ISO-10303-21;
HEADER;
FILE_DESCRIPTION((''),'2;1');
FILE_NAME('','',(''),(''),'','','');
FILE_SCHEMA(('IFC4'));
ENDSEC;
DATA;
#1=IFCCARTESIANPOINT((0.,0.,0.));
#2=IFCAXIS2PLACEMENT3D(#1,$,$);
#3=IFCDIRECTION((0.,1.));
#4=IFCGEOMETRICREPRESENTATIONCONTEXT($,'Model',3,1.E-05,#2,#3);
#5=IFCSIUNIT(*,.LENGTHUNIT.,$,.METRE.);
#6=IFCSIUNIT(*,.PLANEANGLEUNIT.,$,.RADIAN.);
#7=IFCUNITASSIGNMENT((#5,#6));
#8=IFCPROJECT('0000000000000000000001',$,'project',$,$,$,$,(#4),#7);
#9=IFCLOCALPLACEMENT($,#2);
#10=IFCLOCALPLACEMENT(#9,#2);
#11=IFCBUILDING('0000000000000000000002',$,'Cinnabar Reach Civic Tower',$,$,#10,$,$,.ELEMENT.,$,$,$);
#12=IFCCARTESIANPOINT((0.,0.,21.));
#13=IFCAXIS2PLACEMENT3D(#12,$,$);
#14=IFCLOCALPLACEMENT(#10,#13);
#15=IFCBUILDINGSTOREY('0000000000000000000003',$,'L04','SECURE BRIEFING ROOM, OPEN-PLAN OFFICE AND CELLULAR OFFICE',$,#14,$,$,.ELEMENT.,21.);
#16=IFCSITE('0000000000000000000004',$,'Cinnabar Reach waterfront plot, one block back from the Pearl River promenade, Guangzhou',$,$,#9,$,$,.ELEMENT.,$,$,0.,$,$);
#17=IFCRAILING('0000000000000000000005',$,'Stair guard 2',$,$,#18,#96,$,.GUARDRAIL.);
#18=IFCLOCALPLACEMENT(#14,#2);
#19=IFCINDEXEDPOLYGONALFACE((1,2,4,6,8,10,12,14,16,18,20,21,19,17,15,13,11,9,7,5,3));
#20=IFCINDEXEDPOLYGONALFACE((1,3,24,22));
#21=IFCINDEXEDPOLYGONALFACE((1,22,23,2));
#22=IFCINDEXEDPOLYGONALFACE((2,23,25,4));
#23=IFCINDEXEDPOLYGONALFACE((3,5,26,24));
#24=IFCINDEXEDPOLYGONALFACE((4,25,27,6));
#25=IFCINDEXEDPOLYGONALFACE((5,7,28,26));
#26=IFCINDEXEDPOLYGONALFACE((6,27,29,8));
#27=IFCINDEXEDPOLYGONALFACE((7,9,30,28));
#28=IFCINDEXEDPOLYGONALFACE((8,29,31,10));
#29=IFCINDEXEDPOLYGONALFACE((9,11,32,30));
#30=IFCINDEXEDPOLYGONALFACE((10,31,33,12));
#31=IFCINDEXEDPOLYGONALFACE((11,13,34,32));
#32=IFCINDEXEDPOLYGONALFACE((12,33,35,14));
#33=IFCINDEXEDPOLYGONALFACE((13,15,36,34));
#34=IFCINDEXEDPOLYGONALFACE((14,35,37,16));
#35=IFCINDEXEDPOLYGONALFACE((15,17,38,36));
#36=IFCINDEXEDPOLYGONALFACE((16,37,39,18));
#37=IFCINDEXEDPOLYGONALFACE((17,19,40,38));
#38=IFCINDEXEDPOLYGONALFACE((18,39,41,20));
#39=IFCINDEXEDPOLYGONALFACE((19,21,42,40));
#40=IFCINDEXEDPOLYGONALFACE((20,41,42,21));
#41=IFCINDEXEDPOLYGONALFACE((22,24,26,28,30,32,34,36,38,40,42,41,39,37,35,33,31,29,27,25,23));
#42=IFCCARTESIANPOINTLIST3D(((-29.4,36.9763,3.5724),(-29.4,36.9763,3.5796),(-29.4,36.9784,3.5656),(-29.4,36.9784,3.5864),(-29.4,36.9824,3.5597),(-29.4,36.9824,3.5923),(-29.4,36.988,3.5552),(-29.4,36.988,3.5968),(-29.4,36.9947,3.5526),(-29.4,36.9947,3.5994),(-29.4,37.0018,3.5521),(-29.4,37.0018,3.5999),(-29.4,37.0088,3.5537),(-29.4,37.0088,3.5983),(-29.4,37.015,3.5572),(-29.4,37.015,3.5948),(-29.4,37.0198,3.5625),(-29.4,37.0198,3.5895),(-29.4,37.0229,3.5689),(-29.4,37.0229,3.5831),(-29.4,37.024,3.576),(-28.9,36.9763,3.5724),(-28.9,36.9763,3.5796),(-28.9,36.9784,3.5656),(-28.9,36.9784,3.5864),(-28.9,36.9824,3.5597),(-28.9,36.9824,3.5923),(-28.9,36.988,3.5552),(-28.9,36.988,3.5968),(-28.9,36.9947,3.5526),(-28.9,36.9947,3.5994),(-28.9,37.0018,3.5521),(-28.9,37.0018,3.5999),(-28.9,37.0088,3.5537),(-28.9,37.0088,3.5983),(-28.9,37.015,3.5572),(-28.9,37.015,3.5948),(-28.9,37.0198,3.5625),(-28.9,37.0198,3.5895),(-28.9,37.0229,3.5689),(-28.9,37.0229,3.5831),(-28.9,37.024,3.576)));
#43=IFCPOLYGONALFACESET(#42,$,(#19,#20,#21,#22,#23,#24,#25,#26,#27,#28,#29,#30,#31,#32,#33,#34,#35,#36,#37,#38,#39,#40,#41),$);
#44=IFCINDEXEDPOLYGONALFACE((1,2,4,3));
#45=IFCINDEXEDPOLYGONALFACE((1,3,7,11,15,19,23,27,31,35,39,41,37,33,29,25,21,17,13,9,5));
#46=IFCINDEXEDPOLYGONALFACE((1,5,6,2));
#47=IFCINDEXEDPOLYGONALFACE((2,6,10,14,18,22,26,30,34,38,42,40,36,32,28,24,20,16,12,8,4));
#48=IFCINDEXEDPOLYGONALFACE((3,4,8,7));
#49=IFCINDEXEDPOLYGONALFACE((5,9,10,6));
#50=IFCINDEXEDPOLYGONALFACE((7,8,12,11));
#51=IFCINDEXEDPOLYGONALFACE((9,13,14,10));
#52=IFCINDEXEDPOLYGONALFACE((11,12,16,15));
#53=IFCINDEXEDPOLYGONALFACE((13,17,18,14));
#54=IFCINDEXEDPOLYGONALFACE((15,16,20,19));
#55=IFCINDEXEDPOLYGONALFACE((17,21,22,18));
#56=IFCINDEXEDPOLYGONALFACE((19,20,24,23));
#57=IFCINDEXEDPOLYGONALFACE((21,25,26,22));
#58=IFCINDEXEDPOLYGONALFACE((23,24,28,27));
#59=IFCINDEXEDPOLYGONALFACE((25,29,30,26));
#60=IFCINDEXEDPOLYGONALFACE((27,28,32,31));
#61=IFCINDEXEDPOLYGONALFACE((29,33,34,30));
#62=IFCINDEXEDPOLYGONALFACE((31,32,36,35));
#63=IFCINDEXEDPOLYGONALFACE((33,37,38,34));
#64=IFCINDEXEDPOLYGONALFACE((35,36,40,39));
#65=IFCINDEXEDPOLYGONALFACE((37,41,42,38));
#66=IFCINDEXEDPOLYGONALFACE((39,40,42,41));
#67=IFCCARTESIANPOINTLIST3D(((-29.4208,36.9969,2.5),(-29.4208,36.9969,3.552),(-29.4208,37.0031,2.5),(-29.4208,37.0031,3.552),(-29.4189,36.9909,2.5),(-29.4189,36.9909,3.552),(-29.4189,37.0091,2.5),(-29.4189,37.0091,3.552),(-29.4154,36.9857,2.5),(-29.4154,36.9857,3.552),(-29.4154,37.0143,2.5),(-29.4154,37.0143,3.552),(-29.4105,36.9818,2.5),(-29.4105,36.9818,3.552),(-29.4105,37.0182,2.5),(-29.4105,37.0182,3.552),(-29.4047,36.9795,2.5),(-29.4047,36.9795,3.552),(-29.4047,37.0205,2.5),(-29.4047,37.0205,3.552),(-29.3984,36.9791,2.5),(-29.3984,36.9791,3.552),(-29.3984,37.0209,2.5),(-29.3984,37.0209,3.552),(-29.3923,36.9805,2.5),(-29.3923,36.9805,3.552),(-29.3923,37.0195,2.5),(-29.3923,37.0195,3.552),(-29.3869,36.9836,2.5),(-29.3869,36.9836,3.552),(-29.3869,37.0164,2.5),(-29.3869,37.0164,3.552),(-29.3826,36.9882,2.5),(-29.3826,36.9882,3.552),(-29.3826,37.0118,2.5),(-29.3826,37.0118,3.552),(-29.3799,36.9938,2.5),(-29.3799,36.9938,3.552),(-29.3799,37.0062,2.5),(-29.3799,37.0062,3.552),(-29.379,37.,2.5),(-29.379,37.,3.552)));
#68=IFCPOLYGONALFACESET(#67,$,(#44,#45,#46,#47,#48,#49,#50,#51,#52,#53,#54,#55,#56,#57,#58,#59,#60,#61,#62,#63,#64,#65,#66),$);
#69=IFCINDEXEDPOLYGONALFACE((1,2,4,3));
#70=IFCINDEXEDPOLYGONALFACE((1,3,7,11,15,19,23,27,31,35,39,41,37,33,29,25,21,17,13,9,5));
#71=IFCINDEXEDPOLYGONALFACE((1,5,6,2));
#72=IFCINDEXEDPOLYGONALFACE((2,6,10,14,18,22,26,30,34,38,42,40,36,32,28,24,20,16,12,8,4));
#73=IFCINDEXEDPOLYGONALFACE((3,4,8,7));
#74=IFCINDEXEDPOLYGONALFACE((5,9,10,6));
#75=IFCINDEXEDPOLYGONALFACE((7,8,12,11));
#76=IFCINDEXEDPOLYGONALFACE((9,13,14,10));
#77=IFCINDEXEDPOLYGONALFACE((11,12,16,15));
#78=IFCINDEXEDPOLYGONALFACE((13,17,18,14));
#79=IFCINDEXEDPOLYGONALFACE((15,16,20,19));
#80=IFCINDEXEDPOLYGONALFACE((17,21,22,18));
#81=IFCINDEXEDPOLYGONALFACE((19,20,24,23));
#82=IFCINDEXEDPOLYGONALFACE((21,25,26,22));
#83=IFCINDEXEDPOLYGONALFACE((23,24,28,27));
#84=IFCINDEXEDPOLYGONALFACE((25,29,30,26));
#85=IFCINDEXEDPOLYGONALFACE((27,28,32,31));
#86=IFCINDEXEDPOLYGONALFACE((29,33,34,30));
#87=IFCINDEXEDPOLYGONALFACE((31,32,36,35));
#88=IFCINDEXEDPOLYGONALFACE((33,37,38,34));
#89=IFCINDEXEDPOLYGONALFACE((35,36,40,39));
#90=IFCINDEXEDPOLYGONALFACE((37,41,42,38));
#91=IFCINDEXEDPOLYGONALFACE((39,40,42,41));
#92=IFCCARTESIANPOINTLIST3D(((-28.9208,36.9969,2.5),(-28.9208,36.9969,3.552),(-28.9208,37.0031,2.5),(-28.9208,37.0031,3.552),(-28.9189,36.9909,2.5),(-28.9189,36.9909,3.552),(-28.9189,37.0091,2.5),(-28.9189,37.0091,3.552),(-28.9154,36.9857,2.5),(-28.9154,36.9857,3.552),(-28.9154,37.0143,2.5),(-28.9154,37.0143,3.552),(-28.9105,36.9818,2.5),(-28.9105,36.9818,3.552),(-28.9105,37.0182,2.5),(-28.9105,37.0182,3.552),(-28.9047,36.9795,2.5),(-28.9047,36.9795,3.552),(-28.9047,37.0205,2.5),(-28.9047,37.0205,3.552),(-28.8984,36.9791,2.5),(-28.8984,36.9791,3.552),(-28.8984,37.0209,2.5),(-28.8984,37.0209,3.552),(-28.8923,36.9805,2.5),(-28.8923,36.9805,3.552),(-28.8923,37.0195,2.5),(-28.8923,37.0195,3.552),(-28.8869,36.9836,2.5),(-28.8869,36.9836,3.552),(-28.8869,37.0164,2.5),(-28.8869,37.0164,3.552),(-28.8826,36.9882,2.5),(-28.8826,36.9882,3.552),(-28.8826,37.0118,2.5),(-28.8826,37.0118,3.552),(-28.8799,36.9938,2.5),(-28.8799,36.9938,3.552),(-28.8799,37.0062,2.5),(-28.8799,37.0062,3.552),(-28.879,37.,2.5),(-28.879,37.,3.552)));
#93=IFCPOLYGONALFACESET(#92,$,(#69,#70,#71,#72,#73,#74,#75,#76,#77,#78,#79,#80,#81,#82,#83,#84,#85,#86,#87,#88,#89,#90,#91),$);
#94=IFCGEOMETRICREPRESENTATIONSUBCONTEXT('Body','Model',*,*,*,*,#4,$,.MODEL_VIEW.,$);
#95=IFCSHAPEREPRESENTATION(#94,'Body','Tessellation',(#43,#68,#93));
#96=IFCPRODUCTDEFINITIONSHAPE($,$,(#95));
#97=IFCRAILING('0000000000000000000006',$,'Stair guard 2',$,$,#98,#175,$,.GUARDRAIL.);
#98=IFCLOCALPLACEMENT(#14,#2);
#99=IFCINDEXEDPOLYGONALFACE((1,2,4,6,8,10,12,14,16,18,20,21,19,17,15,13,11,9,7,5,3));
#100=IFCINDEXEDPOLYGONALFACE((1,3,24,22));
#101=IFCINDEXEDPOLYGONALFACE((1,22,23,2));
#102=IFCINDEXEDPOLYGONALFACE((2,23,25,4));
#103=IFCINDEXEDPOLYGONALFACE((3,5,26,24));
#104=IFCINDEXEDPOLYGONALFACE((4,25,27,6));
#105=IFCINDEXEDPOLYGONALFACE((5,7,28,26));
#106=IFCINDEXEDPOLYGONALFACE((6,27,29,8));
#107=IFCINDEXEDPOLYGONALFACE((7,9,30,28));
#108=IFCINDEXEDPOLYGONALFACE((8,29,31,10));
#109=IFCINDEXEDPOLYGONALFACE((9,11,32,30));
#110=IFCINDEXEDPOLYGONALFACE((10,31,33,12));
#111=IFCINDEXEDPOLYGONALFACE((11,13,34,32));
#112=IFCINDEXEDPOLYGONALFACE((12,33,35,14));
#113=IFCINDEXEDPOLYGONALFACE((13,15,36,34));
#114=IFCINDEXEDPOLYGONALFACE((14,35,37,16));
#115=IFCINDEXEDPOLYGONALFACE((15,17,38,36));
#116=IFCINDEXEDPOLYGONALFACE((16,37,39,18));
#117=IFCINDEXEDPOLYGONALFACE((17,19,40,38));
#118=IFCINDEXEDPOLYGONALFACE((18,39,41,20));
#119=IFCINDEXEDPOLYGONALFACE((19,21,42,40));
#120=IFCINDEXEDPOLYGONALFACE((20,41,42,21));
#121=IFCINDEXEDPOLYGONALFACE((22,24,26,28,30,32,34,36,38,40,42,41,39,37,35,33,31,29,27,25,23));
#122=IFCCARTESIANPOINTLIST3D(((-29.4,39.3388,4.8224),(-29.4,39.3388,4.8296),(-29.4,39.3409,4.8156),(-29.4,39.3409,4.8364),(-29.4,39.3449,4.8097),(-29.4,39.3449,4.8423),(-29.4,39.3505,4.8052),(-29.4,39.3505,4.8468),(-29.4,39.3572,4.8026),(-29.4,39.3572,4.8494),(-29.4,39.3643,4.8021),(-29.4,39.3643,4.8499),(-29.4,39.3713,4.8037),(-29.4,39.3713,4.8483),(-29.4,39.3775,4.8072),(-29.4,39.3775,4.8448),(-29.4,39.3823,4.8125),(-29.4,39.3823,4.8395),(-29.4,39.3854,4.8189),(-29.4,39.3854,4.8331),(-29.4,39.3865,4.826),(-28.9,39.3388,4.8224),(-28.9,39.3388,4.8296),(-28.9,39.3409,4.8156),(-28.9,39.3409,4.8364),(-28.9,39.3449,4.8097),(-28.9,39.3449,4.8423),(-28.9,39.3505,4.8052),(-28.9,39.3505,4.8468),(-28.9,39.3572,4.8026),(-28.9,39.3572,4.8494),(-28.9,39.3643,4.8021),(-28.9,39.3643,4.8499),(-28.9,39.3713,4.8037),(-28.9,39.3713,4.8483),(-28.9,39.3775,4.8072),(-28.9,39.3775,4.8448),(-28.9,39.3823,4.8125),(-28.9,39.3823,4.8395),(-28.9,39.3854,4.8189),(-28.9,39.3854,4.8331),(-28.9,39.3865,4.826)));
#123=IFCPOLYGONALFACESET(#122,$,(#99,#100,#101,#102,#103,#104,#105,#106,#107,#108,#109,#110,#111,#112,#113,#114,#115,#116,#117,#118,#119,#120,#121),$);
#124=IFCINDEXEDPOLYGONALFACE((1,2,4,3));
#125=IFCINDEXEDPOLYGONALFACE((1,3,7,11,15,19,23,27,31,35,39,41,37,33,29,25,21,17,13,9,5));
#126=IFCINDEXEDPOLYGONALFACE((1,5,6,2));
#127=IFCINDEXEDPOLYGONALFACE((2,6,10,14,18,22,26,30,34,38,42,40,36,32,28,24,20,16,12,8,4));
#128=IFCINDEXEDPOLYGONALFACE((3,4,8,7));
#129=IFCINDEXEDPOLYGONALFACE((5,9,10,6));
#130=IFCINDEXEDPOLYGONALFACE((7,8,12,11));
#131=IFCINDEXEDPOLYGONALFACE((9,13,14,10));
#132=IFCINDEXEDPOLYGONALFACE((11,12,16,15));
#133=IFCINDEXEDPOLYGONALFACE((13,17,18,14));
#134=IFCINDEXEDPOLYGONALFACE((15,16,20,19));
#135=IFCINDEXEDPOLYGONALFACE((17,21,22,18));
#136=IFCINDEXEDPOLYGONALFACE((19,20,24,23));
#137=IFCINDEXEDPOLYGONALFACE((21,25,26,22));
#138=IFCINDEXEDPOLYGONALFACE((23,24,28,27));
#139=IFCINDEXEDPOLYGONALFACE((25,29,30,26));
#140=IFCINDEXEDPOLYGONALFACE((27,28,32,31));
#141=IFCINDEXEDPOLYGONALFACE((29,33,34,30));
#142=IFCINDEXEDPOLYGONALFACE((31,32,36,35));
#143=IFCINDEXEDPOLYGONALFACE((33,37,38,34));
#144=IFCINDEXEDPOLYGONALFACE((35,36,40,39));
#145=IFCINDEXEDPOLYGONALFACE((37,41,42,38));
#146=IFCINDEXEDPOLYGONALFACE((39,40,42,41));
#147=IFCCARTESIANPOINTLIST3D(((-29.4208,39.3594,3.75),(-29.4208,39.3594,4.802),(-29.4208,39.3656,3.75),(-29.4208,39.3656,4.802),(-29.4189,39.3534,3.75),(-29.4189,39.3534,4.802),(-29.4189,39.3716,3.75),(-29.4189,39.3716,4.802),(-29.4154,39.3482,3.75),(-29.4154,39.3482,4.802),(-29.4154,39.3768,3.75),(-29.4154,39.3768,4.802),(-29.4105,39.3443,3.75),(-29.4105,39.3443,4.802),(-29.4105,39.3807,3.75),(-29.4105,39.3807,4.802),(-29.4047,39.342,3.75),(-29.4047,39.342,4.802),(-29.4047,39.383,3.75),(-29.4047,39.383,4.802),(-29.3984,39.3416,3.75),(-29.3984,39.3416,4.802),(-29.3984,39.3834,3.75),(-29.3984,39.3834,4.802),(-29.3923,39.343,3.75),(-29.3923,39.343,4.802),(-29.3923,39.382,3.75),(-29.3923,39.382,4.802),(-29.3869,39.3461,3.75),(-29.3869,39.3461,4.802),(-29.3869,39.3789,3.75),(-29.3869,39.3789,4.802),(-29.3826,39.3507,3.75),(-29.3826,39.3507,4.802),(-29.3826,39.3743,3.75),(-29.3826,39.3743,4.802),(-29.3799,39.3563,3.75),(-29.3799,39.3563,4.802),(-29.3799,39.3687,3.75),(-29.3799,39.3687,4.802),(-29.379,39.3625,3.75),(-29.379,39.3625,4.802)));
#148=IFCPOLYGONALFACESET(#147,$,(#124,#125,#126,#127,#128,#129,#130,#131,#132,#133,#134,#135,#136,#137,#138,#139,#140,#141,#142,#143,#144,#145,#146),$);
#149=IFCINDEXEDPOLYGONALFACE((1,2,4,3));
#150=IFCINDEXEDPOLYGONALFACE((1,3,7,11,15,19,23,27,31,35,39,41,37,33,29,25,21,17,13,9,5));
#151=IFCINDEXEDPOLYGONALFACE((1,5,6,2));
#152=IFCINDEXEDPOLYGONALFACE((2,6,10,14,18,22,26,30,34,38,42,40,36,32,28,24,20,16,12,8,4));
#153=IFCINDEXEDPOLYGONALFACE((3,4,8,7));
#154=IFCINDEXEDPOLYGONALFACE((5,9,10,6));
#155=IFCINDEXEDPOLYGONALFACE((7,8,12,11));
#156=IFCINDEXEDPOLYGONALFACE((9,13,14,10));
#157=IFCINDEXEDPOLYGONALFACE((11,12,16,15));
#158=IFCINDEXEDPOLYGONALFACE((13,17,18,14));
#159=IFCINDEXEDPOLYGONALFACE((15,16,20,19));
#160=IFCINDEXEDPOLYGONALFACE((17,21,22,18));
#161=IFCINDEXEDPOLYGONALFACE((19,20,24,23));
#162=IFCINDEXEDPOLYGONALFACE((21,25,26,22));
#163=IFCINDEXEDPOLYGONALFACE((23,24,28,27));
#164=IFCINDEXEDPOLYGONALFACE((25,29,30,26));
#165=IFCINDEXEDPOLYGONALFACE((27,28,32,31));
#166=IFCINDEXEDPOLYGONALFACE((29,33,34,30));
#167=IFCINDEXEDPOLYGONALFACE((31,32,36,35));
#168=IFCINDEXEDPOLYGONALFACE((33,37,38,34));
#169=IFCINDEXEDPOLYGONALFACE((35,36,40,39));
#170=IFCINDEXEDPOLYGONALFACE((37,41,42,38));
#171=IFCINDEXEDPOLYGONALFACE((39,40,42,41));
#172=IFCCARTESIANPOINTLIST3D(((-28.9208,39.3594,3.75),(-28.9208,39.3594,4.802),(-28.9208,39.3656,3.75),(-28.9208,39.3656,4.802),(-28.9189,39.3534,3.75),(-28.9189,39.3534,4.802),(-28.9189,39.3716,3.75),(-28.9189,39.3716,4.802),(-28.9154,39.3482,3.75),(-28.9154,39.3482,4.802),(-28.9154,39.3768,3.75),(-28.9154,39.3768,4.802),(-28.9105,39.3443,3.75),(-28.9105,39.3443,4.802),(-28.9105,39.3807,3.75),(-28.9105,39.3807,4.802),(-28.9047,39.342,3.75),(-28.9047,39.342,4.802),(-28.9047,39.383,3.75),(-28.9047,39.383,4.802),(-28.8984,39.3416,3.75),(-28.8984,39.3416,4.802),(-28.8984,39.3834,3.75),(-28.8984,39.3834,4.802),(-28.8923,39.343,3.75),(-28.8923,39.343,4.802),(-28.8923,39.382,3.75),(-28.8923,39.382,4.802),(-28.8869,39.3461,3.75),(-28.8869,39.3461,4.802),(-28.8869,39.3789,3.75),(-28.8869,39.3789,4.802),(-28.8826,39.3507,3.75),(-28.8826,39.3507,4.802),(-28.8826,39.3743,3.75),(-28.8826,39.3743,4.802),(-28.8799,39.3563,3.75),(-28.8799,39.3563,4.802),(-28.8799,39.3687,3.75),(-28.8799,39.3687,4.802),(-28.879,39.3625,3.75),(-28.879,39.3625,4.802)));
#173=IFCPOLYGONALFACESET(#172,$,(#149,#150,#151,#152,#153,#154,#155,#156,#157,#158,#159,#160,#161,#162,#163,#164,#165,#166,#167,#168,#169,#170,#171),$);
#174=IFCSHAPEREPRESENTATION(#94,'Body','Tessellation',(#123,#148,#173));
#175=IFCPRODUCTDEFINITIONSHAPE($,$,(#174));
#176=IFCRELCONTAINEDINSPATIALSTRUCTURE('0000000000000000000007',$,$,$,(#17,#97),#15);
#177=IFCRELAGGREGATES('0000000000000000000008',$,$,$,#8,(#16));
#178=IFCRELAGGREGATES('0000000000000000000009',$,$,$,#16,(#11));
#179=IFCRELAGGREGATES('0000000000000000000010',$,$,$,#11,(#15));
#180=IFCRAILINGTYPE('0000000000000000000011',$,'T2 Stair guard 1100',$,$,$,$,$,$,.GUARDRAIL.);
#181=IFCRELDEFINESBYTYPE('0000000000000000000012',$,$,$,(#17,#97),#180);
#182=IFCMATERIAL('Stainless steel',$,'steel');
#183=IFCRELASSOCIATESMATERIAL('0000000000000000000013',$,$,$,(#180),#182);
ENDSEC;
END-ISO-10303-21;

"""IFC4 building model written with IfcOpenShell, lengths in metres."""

from ifc_helpers import new_model, si_unit, direction, frame, origin, origin_2d, place, context, subcontext, project, spatial, circle, extrude, material, type_object, element, save


model = new_model("IFC4")

# Units and contexts
model_context = context("Model", 3, precision=1e-05, world=origin(), true_north=direction((0.0, 1.0)))
body_context = subcontext(model_context, "Body", "Model", "MODEL_VIEW")
ifc_project = project(units=[si_unit("LENGTHUNIT", "METRE"), si_unit("PLANEANGLEUNIT", "RADIAN")], contexts=[model_context])

# Site, building, storey
site_placement = place(None, origin())
site = spatial("IfcSite", under=ifc_project, at=site_placement, Name="Cinnabar Reach waterfront plot, one block back from the Pearl River promenade, Guangzhou", CompositionType="ELEMENT", RefElevation=0.0)
building_placement = place(site_placement, origin())
building = spatial("IfcBuilding", under=site, at=building_placement, Name="Cinnabar Reach Civic Tower", CompositionType="ELEMENT")
storey_placement = place(building_placement, frame((0.0, 0.0, 21.0)))
storey = spatial("IfcBuildingStorey", under=building, at=storey_placement, Name="L04", Description="SECURE BRIEFING ROOM, OPEN-PLAN OFFICE AND CELLULAR OFFICE", CompositionType="ELEMENT", Elevation=21.0)

# Railings
ifc_material_1 = material(Name="Stainless steel", Category="steel")
railing_type = type_object("IfcRailingType", Name="T2 Stair guard 1100", PredefinedType="GUARDRAIL", material=ifc_material_1)
for number, where, name in (
    (1, (-29.4, 37.0, 2.5), "Stair guard 2"),
    (2, (-29.4, 39.3625, 3.75), "Stair guard 2"),
):
    element("IfcRailing", number, at=place(storey_placement, frame(where)), inside=storey, type_object=railing_type, Name=name, PredefinedType="GUARDRAIL", context=body_context, shape_type="SweptSolid", body=[
        extrude(circle(Radius=0.024, at=origin_2d()), frame((0.0, 0.0, 1.076), z_axis=(1.0, 0.0, 0.0), x_axis=(0.0, 1.0, 0.0)), (0.0, 0.0, 1.0), 0.5),
        extrude(circle(Radius=0.021, at=origin_2d()), origin(), (0.0, 0.0, 1.0), 1.052),
        extrude(circle(Radius=0.021, at=origin_2d()), frame((0.5, 0.0, 0.0)), (0.0, 0.0, 1.0), 1.052),
    ])

save(model, "model.ifc")
